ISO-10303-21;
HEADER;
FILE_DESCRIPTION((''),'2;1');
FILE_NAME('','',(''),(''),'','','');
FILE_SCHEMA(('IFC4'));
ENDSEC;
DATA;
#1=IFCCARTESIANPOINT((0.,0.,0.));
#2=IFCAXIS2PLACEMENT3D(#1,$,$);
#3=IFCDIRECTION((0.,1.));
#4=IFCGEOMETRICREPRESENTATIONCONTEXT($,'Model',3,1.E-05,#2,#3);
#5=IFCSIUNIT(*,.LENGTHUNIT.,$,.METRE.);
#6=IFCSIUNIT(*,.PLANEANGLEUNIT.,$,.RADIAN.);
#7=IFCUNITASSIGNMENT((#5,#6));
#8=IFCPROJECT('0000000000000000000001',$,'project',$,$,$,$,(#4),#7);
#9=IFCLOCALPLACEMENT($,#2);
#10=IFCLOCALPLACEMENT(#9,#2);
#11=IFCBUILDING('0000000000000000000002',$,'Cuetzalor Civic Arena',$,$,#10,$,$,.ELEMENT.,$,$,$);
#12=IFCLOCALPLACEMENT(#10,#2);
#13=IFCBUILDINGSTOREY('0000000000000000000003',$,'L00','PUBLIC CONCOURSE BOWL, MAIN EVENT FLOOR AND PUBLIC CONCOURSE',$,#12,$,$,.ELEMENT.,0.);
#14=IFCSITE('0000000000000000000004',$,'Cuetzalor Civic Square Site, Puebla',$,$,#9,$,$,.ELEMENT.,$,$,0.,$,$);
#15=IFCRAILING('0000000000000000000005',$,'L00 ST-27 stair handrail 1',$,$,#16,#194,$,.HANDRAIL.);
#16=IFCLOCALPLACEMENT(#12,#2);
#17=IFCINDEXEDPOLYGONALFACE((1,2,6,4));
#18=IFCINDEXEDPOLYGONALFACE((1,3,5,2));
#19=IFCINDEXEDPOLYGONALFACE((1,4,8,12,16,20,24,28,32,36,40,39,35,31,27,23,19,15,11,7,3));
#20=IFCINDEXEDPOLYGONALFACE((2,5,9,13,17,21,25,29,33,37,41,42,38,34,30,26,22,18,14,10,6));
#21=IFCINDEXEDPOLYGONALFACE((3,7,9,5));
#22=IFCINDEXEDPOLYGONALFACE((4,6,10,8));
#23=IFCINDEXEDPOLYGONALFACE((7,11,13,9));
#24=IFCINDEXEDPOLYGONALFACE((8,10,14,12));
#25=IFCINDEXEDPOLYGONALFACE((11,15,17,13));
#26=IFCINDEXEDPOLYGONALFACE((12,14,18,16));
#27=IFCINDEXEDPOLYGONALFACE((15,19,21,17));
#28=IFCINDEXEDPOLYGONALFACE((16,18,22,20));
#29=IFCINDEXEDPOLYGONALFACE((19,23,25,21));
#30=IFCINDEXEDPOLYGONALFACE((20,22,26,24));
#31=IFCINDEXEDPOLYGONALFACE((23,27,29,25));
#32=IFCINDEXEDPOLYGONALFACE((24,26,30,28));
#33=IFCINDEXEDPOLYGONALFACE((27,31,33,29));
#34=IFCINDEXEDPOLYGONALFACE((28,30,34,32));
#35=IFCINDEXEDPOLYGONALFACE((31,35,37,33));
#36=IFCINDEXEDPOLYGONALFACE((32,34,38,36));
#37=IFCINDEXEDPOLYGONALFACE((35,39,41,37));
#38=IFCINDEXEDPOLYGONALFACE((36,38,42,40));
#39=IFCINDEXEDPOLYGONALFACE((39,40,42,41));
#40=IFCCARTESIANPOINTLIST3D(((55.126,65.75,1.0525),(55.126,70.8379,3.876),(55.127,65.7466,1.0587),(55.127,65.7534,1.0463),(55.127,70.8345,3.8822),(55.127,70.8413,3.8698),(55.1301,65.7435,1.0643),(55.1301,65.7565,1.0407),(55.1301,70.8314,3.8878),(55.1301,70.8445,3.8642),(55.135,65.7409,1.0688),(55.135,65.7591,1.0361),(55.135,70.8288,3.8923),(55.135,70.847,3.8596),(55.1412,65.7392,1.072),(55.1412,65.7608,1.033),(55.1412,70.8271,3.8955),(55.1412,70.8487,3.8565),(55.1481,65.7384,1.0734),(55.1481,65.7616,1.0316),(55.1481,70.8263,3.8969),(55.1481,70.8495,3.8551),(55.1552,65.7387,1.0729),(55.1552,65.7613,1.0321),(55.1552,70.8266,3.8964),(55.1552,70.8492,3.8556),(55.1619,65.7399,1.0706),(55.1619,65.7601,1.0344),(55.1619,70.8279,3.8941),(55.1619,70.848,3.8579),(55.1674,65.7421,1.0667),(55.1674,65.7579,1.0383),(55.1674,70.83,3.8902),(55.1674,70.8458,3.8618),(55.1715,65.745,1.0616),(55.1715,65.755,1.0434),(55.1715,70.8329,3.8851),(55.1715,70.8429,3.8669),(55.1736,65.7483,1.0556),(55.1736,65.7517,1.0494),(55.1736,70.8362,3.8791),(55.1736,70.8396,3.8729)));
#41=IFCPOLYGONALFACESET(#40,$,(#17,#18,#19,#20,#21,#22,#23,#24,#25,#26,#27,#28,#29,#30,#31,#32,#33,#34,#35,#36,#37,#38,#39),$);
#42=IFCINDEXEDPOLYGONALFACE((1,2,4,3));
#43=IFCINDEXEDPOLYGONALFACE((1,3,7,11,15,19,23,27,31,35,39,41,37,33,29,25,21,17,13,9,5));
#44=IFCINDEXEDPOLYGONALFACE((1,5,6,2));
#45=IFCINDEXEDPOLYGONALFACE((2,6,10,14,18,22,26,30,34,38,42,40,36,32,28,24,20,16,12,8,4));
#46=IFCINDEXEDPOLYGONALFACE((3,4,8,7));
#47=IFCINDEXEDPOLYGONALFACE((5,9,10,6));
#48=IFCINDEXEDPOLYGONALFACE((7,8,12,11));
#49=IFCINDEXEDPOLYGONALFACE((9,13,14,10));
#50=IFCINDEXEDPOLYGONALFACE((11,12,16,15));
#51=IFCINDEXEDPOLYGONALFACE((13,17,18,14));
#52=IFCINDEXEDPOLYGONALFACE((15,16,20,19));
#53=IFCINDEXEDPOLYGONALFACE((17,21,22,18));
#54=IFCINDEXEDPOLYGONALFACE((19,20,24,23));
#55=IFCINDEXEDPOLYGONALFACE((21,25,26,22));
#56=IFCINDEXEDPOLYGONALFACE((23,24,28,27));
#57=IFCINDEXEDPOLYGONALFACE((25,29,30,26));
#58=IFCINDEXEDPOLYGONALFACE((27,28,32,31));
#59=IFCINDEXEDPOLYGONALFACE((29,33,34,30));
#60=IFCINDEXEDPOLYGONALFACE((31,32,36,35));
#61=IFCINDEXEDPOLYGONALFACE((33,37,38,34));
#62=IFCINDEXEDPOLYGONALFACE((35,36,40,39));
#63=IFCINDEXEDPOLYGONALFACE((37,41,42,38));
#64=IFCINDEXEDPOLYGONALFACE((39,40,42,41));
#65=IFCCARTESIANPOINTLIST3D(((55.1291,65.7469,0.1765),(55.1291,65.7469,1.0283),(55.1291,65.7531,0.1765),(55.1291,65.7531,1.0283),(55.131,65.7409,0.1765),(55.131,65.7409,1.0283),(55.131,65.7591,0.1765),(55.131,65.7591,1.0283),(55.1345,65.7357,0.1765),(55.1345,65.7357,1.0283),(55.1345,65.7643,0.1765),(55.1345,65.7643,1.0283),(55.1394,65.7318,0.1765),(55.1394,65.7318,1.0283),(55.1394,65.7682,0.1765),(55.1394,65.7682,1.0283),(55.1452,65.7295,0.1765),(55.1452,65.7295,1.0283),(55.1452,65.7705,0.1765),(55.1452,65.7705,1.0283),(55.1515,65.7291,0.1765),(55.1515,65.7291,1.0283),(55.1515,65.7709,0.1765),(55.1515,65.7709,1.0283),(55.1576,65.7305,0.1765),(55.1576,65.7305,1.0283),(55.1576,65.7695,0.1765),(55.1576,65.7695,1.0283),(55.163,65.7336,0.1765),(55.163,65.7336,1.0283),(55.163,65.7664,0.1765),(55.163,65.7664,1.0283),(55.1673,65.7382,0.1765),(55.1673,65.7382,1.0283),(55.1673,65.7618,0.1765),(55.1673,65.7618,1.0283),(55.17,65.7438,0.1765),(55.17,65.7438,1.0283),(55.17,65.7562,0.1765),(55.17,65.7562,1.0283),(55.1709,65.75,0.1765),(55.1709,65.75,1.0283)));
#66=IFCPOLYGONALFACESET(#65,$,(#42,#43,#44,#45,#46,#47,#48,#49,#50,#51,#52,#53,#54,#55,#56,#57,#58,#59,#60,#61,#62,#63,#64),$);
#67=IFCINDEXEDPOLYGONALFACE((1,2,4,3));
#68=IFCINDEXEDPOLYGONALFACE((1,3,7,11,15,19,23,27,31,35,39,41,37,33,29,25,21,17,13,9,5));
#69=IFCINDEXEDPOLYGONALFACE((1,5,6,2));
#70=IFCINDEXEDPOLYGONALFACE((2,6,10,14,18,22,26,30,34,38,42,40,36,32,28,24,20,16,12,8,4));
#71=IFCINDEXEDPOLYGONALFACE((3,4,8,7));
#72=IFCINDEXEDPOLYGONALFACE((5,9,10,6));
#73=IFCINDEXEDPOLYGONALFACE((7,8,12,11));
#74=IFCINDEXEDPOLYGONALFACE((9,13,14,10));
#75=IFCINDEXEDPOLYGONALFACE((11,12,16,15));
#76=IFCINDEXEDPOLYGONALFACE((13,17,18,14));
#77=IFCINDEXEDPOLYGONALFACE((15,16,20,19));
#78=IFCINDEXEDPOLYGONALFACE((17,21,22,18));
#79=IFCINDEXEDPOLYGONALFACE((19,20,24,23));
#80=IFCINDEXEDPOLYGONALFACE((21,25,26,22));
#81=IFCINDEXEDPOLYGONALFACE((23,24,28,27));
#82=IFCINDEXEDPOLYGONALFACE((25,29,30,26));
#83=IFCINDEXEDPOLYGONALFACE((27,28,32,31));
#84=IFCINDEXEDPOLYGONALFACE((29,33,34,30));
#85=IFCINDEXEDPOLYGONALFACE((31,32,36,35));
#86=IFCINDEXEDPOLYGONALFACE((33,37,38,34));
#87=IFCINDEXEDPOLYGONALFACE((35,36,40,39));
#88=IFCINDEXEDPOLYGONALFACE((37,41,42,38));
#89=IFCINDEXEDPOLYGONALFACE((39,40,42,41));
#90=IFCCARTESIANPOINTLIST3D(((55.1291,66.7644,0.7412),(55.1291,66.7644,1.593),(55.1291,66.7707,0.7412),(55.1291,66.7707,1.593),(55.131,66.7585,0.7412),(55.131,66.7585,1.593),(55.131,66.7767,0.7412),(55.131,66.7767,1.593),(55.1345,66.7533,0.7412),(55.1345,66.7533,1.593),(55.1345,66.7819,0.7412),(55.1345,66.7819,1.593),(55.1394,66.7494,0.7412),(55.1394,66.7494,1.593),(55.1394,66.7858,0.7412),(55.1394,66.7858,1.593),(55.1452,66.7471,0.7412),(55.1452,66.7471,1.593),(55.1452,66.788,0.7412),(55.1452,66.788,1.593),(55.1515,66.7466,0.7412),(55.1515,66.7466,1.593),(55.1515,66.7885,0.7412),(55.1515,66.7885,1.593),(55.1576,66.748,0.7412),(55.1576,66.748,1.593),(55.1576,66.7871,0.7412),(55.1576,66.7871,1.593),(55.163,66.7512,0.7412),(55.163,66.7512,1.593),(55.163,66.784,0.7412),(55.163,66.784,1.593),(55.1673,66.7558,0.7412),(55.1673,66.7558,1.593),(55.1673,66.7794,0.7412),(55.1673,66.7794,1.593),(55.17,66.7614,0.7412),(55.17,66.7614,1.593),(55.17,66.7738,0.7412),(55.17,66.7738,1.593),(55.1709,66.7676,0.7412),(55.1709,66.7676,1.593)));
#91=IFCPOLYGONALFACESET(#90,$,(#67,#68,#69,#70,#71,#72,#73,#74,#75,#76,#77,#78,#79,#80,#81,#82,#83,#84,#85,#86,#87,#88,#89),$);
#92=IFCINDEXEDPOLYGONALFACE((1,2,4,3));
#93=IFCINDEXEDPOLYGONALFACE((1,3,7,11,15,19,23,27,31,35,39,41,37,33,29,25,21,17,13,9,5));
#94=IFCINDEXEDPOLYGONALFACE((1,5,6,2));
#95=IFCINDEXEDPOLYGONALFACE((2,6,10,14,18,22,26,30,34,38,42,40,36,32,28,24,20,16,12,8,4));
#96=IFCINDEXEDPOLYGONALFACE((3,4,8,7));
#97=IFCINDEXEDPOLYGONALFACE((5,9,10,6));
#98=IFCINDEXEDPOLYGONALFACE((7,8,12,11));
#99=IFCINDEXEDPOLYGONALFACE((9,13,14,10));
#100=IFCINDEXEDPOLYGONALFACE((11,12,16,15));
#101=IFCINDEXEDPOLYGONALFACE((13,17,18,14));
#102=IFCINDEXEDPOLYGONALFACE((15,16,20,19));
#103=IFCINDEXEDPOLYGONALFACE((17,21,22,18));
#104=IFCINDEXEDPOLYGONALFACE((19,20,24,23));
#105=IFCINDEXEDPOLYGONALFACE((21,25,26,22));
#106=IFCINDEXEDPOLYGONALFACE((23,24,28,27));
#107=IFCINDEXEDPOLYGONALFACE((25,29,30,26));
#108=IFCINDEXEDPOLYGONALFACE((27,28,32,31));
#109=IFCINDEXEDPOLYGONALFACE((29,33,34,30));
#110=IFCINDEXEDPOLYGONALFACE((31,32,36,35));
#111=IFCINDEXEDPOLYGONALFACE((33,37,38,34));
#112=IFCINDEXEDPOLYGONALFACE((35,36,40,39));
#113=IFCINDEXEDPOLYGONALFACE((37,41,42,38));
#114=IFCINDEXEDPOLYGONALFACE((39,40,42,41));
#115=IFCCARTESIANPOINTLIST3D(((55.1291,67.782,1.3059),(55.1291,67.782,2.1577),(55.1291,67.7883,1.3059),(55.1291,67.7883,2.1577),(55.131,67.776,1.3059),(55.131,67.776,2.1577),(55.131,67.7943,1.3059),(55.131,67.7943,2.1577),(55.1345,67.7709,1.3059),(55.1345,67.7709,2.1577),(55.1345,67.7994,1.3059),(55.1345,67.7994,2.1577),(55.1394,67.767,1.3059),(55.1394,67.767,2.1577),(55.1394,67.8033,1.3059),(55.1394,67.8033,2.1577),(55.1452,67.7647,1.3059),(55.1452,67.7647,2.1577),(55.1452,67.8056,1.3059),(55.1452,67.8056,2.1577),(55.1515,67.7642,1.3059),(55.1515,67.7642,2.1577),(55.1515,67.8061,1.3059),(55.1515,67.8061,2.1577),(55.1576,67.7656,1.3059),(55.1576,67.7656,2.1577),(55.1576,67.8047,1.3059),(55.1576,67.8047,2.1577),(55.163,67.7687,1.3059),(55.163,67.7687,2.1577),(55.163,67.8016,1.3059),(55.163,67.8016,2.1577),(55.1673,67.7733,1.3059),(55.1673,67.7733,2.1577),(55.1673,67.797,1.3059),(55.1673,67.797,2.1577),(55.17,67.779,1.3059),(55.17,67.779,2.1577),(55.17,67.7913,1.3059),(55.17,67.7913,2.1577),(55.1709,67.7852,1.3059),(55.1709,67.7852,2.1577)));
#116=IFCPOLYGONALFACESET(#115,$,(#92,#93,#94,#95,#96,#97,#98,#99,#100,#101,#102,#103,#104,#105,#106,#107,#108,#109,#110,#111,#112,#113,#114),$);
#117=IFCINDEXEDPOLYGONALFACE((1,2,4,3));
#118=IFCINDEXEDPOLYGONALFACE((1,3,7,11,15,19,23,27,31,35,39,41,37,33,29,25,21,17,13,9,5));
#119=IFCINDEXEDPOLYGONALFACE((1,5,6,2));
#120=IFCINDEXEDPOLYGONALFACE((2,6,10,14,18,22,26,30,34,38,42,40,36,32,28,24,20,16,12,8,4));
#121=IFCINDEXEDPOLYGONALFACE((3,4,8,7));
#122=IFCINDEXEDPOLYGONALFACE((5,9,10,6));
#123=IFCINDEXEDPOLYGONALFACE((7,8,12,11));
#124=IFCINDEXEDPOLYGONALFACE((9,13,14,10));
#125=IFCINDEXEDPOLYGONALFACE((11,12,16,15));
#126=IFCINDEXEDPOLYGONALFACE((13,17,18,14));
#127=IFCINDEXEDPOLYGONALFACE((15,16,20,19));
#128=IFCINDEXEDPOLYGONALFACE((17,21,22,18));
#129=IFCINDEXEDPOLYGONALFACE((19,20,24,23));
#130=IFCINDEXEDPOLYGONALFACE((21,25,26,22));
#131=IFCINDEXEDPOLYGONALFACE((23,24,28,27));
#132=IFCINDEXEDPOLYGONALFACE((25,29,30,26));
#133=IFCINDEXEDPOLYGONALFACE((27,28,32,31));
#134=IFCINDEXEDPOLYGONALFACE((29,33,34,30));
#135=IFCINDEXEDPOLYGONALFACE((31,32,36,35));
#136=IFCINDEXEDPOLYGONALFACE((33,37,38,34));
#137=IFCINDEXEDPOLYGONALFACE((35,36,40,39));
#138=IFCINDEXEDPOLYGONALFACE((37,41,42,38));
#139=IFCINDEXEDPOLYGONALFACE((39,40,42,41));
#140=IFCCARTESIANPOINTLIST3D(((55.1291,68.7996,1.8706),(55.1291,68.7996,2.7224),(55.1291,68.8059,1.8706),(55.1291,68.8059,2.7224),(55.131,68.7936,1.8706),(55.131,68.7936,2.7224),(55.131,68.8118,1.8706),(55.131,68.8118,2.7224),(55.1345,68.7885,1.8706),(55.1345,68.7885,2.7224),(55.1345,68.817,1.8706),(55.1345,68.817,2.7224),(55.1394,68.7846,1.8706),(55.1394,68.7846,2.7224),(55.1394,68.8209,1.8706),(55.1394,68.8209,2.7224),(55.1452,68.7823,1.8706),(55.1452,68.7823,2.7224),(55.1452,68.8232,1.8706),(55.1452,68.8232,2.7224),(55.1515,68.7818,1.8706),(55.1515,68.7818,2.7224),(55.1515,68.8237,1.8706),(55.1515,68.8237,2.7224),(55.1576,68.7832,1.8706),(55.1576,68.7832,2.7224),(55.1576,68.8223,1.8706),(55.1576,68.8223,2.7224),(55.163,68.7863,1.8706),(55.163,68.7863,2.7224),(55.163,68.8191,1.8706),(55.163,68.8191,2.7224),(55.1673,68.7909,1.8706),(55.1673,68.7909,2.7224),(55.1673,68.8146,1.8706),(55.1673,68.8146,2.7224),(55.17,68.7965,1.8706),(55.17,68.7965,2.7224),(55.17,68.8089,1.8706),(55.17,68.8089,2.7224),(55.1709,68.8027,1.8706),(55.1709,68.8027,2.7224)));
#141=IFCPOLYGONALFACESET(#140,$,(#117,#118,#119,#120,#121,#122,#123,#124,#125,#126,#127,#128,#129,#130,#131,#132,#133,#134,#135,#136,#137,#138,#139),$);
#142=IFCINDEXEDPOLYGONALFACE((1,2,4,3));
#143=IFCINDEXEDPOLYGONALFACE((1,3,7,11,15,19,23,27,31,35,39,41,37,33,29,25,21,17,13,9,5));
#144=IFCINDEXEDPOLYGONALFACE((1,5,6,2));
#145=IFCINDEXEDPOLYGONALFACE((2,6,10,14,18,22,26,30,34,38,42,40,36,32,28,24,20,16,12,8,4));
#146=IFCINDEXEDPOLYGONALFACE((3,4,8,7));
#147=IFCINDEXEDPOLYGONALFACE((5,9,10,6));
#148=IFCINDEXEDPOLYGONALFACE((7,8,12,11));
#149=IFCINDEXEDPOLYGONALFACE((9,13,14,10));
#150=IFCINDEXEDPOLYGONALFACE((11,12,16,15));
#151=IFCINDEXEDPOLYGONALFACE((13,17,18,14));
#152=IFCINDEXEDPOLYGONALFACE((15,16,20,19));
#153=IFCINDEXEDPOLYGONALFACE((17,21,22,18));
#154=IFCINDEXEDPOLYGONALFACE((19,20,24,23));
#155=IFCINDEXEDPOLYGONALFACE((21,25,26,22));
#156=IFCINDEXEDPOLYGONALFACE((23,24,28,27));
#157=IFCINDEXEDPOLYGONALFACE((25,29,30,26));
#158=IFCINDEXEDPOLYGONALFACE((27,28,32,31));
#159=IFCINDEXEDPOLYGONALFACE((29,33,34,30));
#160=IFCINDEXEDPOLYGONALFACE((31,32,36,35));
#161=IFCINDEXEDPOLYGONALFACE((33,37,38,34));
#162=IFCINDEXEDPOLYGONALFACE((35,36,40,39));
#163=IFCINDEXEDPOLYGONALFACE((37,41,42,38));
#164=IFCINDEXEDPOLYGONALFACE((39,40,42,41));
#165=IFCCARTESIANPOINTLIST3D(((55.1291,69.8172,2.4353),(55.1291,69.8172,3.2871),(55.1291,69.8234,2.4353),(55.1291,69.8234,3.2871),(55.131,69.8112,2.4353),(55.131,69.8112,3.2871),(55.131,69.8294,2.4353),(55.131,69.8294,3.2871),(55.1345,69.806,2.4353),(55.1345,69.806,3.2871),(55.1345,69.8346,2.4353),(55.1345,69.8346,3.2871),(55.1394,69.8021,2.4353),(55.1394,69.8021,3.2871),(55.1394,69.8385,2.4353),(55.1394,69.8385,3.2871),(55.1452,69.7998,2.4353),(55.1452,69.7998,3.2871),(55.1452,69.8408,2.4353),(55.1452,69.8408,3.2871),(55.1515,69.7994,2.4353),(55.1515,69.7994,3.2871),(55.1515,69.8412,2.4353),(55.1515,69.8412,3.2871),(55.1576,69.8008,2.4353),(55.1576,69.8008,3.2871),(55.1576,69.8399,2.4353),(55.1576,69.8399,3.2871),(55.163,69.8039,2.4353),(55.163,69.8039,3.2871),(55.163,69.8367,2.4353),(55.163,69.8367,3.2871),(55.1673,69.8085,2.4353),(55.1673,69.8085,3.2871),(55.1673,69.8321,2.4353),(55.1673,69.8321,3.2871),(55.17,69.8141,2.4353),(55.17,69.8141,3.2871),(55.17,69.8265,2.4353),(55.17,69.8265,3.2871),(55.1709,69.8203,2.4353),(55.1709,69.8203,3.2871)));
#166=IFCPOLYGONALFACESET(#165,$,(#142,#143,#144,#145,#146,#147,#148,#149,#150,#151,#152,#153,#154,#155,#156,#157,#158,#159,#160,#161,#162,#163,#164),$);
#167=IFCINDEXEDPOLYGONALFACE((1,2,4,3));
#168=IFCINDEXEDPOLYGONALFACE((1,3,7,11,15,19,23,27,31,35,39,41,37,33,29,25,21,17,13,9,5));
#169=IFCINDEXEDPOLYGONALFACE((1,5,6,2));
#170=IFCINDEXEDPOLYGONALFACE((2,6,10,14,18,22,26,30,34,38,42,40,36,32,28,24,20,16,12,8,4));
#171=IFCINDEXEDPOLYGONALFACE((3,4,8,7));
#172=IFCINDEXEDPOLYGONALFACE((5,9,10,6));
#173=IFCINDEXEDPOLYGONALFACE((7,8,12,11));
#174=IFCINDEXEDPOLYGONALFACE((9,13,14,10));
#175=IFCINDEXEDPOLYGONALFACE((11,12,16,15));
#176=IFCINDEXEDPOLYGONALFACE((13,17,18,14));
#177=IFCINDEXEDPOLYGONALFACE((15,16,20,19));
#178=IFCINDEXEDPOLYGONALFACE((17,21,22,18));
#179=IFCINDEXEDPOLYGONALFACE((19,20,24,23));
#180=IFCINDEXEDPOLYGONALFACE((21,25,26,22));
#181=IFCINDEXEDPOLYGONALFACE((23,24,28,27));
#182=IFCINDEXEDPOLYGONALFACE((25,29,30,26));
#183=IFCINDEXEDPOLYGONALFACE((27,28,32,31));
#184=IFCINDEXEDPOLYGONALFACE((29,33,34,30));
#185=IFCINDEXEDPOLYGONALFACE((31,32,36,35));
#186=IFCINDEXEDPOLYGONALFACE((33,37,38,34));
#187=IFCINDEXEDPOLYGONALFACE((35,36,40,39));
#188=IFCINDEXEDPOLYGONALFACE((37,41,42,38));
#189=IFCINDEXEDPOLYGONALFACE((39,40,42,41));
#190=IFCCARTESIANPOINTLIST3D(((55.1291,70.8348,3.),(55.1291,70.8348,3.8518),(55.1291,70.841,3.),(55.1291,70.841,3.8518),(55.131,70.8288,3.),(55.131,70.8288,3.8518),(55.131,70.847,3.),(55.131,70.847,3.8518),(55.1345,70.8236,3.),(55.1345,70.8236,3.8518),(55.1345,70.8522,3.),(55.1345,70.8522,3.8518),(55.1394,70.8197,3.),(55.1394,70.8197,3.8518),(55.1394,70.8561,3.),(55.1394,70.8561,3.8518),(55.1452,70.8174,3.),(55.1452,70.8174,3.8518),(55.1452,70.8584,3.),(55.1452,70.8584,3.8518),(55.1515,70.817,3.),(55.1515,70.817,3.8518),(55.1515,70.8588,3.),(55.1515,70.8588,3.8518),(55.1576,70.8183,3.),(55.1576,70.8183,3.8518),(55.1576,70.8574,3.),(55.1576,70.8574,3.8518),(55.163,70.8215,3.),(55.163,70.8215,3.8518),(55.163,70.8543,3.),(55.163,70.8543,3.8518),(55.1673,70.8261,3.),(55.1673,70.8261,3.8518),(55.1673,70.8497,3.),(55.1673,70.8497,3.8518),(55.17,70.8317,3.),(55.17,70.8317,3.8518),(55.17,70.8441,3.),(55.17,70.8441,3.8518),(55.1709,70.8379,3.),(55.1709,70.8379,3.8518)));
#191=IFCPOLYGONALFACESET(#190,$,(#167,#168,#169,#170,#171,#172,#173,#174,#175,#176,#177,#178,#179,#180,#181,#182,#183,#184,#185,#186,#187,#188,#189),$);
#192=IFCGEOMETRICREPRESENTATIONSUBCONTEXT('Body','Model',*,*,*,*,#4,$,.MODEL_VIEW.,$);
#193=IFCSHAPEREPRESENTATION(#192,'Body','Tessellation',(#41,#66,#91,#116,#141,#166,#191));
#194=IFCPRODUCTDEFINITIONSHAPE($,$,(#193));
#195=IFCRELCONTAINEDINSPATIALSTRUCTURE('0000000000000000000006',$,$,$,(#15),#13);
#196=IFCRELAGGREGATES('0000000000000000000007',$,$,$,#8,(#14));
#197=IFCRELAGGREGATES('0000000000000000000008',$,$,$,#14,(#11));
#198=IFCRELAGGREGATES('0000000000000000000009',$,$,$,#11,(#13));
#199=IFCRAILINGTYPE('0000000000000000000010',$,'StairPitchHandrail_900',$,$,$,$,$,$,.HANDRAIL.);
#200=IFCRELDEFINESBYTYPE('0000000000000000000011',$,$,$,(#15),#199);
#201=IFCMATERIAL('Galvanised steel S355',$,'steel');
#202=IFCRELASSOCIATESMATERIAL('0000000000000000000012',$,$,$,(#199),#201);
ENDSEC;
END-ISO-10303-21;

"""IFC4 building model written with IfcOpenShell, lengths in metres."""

from ifc_helpers import new_model, si_unit, direction, frame, origin, origin_2d, place, context, subcontext, project, spatial, circle, extrude, material, type_object, element, save


model = new_model("IFC4")

# Units and contexts
model_context = context("Model", 3, precision=1e-05, world=origin(), true_north=direction((0.0, 1.0)))
body_context = subcontext(model_context, "Body", "Model", "MODEL_VIEW")
ifc_project = project(units=[si_unit("LENGTHUNIT", "METRE"), si_unit("PLANEANGLEUNIT", "RADIAN")], contexts=[model_context])

# Site, building, storey
site_placement = place(None, origin())
site = spatial("IfcSite", under=ifc_project, at=site_placement, Name="Cuetzalor Civic Square Site, Puebla", CompositionType="ELEMENT", RefElevation=0.0)
building_placement = place(site_placement, origin())
building = spatial("IfcBuilding", under=site, at=building_placement, Name="Cuetzalor Civic Arena", CompositionType="ELEMENT")
storey_placement = place(building_placement, origin())
storey = spatial("IfcBuildingStorey", under=building, at=storey_placement, Name="L00", Description="PUBLIC CONCOURSE BOWL, MAIN EVENT FLOOR AND PUBLIC CONCOURSE", CompositionType="ELEMENT", Elevation=0.0)

# Railing
ifc_material_1 = material(Name="Galvanised steel S355", Category="steel")
railing_type_1 = type_object("IfcRailingType", Name="StairPitchHandrail_900", PredefinedType="HANDRAIL", material=ifc_material_1)
railing_1_placement = place(storey_placement, frame((55.1499, 65.75, 0.1765)))
element("IfcRailing", 1, at=railing_1_placement, inside=storey, type_object=railing_type_1, Name="L00 ST-27 stair handrail 1", PredefinedType="HANDRAIL", context=body_context, shape_type="SweptSolid", body=[
    extrude(circle(Radius=0.0239, at=origin_2d()), frame((0.0, 0.0, 0.876), z_axis=(0.0, 0.874385, 0.485233), x_axis=(-1.0, 0.0, 0.0)), (0.0, 0.0, 1.0), 5.8188),
    extrude(circle(Radius=0.021, at=origin_2d()), origin(), (0.0, 0.0, 1.0), 0.8518),
    extrude(circle(Radius=0.021, at=origin_2d()), frame((0.0, 1.0176, 0.5647)), (0.0, 0.0, 1.0), 0.8518),
    extrude(circle(Radius=0.021, at=origin_2d()), frame((0.0, 2.0352, 1.1294)), (0.0, 0.0, 1.0), 0.8518),
    extrude(circle(Radius=0.021, at=origin_2d()), frame((0.0, 3.0527, 1.6941)), (0.0, 0.0, 1.0), 0.8518),
    extrude(circle(Radius=0.021, at=origin_2d()), frame((0.0, 4.0703, 2.2588)), (0.0, 0.0, 1.0), 0.8518),
    extrude(circle(Radius=0.021, at=origin_2d()), frame((0.0, 5.0879, 2.8235)), (0.0, 0.0, 1.0), 0.8518),
])

save(model, "model.ifc")
